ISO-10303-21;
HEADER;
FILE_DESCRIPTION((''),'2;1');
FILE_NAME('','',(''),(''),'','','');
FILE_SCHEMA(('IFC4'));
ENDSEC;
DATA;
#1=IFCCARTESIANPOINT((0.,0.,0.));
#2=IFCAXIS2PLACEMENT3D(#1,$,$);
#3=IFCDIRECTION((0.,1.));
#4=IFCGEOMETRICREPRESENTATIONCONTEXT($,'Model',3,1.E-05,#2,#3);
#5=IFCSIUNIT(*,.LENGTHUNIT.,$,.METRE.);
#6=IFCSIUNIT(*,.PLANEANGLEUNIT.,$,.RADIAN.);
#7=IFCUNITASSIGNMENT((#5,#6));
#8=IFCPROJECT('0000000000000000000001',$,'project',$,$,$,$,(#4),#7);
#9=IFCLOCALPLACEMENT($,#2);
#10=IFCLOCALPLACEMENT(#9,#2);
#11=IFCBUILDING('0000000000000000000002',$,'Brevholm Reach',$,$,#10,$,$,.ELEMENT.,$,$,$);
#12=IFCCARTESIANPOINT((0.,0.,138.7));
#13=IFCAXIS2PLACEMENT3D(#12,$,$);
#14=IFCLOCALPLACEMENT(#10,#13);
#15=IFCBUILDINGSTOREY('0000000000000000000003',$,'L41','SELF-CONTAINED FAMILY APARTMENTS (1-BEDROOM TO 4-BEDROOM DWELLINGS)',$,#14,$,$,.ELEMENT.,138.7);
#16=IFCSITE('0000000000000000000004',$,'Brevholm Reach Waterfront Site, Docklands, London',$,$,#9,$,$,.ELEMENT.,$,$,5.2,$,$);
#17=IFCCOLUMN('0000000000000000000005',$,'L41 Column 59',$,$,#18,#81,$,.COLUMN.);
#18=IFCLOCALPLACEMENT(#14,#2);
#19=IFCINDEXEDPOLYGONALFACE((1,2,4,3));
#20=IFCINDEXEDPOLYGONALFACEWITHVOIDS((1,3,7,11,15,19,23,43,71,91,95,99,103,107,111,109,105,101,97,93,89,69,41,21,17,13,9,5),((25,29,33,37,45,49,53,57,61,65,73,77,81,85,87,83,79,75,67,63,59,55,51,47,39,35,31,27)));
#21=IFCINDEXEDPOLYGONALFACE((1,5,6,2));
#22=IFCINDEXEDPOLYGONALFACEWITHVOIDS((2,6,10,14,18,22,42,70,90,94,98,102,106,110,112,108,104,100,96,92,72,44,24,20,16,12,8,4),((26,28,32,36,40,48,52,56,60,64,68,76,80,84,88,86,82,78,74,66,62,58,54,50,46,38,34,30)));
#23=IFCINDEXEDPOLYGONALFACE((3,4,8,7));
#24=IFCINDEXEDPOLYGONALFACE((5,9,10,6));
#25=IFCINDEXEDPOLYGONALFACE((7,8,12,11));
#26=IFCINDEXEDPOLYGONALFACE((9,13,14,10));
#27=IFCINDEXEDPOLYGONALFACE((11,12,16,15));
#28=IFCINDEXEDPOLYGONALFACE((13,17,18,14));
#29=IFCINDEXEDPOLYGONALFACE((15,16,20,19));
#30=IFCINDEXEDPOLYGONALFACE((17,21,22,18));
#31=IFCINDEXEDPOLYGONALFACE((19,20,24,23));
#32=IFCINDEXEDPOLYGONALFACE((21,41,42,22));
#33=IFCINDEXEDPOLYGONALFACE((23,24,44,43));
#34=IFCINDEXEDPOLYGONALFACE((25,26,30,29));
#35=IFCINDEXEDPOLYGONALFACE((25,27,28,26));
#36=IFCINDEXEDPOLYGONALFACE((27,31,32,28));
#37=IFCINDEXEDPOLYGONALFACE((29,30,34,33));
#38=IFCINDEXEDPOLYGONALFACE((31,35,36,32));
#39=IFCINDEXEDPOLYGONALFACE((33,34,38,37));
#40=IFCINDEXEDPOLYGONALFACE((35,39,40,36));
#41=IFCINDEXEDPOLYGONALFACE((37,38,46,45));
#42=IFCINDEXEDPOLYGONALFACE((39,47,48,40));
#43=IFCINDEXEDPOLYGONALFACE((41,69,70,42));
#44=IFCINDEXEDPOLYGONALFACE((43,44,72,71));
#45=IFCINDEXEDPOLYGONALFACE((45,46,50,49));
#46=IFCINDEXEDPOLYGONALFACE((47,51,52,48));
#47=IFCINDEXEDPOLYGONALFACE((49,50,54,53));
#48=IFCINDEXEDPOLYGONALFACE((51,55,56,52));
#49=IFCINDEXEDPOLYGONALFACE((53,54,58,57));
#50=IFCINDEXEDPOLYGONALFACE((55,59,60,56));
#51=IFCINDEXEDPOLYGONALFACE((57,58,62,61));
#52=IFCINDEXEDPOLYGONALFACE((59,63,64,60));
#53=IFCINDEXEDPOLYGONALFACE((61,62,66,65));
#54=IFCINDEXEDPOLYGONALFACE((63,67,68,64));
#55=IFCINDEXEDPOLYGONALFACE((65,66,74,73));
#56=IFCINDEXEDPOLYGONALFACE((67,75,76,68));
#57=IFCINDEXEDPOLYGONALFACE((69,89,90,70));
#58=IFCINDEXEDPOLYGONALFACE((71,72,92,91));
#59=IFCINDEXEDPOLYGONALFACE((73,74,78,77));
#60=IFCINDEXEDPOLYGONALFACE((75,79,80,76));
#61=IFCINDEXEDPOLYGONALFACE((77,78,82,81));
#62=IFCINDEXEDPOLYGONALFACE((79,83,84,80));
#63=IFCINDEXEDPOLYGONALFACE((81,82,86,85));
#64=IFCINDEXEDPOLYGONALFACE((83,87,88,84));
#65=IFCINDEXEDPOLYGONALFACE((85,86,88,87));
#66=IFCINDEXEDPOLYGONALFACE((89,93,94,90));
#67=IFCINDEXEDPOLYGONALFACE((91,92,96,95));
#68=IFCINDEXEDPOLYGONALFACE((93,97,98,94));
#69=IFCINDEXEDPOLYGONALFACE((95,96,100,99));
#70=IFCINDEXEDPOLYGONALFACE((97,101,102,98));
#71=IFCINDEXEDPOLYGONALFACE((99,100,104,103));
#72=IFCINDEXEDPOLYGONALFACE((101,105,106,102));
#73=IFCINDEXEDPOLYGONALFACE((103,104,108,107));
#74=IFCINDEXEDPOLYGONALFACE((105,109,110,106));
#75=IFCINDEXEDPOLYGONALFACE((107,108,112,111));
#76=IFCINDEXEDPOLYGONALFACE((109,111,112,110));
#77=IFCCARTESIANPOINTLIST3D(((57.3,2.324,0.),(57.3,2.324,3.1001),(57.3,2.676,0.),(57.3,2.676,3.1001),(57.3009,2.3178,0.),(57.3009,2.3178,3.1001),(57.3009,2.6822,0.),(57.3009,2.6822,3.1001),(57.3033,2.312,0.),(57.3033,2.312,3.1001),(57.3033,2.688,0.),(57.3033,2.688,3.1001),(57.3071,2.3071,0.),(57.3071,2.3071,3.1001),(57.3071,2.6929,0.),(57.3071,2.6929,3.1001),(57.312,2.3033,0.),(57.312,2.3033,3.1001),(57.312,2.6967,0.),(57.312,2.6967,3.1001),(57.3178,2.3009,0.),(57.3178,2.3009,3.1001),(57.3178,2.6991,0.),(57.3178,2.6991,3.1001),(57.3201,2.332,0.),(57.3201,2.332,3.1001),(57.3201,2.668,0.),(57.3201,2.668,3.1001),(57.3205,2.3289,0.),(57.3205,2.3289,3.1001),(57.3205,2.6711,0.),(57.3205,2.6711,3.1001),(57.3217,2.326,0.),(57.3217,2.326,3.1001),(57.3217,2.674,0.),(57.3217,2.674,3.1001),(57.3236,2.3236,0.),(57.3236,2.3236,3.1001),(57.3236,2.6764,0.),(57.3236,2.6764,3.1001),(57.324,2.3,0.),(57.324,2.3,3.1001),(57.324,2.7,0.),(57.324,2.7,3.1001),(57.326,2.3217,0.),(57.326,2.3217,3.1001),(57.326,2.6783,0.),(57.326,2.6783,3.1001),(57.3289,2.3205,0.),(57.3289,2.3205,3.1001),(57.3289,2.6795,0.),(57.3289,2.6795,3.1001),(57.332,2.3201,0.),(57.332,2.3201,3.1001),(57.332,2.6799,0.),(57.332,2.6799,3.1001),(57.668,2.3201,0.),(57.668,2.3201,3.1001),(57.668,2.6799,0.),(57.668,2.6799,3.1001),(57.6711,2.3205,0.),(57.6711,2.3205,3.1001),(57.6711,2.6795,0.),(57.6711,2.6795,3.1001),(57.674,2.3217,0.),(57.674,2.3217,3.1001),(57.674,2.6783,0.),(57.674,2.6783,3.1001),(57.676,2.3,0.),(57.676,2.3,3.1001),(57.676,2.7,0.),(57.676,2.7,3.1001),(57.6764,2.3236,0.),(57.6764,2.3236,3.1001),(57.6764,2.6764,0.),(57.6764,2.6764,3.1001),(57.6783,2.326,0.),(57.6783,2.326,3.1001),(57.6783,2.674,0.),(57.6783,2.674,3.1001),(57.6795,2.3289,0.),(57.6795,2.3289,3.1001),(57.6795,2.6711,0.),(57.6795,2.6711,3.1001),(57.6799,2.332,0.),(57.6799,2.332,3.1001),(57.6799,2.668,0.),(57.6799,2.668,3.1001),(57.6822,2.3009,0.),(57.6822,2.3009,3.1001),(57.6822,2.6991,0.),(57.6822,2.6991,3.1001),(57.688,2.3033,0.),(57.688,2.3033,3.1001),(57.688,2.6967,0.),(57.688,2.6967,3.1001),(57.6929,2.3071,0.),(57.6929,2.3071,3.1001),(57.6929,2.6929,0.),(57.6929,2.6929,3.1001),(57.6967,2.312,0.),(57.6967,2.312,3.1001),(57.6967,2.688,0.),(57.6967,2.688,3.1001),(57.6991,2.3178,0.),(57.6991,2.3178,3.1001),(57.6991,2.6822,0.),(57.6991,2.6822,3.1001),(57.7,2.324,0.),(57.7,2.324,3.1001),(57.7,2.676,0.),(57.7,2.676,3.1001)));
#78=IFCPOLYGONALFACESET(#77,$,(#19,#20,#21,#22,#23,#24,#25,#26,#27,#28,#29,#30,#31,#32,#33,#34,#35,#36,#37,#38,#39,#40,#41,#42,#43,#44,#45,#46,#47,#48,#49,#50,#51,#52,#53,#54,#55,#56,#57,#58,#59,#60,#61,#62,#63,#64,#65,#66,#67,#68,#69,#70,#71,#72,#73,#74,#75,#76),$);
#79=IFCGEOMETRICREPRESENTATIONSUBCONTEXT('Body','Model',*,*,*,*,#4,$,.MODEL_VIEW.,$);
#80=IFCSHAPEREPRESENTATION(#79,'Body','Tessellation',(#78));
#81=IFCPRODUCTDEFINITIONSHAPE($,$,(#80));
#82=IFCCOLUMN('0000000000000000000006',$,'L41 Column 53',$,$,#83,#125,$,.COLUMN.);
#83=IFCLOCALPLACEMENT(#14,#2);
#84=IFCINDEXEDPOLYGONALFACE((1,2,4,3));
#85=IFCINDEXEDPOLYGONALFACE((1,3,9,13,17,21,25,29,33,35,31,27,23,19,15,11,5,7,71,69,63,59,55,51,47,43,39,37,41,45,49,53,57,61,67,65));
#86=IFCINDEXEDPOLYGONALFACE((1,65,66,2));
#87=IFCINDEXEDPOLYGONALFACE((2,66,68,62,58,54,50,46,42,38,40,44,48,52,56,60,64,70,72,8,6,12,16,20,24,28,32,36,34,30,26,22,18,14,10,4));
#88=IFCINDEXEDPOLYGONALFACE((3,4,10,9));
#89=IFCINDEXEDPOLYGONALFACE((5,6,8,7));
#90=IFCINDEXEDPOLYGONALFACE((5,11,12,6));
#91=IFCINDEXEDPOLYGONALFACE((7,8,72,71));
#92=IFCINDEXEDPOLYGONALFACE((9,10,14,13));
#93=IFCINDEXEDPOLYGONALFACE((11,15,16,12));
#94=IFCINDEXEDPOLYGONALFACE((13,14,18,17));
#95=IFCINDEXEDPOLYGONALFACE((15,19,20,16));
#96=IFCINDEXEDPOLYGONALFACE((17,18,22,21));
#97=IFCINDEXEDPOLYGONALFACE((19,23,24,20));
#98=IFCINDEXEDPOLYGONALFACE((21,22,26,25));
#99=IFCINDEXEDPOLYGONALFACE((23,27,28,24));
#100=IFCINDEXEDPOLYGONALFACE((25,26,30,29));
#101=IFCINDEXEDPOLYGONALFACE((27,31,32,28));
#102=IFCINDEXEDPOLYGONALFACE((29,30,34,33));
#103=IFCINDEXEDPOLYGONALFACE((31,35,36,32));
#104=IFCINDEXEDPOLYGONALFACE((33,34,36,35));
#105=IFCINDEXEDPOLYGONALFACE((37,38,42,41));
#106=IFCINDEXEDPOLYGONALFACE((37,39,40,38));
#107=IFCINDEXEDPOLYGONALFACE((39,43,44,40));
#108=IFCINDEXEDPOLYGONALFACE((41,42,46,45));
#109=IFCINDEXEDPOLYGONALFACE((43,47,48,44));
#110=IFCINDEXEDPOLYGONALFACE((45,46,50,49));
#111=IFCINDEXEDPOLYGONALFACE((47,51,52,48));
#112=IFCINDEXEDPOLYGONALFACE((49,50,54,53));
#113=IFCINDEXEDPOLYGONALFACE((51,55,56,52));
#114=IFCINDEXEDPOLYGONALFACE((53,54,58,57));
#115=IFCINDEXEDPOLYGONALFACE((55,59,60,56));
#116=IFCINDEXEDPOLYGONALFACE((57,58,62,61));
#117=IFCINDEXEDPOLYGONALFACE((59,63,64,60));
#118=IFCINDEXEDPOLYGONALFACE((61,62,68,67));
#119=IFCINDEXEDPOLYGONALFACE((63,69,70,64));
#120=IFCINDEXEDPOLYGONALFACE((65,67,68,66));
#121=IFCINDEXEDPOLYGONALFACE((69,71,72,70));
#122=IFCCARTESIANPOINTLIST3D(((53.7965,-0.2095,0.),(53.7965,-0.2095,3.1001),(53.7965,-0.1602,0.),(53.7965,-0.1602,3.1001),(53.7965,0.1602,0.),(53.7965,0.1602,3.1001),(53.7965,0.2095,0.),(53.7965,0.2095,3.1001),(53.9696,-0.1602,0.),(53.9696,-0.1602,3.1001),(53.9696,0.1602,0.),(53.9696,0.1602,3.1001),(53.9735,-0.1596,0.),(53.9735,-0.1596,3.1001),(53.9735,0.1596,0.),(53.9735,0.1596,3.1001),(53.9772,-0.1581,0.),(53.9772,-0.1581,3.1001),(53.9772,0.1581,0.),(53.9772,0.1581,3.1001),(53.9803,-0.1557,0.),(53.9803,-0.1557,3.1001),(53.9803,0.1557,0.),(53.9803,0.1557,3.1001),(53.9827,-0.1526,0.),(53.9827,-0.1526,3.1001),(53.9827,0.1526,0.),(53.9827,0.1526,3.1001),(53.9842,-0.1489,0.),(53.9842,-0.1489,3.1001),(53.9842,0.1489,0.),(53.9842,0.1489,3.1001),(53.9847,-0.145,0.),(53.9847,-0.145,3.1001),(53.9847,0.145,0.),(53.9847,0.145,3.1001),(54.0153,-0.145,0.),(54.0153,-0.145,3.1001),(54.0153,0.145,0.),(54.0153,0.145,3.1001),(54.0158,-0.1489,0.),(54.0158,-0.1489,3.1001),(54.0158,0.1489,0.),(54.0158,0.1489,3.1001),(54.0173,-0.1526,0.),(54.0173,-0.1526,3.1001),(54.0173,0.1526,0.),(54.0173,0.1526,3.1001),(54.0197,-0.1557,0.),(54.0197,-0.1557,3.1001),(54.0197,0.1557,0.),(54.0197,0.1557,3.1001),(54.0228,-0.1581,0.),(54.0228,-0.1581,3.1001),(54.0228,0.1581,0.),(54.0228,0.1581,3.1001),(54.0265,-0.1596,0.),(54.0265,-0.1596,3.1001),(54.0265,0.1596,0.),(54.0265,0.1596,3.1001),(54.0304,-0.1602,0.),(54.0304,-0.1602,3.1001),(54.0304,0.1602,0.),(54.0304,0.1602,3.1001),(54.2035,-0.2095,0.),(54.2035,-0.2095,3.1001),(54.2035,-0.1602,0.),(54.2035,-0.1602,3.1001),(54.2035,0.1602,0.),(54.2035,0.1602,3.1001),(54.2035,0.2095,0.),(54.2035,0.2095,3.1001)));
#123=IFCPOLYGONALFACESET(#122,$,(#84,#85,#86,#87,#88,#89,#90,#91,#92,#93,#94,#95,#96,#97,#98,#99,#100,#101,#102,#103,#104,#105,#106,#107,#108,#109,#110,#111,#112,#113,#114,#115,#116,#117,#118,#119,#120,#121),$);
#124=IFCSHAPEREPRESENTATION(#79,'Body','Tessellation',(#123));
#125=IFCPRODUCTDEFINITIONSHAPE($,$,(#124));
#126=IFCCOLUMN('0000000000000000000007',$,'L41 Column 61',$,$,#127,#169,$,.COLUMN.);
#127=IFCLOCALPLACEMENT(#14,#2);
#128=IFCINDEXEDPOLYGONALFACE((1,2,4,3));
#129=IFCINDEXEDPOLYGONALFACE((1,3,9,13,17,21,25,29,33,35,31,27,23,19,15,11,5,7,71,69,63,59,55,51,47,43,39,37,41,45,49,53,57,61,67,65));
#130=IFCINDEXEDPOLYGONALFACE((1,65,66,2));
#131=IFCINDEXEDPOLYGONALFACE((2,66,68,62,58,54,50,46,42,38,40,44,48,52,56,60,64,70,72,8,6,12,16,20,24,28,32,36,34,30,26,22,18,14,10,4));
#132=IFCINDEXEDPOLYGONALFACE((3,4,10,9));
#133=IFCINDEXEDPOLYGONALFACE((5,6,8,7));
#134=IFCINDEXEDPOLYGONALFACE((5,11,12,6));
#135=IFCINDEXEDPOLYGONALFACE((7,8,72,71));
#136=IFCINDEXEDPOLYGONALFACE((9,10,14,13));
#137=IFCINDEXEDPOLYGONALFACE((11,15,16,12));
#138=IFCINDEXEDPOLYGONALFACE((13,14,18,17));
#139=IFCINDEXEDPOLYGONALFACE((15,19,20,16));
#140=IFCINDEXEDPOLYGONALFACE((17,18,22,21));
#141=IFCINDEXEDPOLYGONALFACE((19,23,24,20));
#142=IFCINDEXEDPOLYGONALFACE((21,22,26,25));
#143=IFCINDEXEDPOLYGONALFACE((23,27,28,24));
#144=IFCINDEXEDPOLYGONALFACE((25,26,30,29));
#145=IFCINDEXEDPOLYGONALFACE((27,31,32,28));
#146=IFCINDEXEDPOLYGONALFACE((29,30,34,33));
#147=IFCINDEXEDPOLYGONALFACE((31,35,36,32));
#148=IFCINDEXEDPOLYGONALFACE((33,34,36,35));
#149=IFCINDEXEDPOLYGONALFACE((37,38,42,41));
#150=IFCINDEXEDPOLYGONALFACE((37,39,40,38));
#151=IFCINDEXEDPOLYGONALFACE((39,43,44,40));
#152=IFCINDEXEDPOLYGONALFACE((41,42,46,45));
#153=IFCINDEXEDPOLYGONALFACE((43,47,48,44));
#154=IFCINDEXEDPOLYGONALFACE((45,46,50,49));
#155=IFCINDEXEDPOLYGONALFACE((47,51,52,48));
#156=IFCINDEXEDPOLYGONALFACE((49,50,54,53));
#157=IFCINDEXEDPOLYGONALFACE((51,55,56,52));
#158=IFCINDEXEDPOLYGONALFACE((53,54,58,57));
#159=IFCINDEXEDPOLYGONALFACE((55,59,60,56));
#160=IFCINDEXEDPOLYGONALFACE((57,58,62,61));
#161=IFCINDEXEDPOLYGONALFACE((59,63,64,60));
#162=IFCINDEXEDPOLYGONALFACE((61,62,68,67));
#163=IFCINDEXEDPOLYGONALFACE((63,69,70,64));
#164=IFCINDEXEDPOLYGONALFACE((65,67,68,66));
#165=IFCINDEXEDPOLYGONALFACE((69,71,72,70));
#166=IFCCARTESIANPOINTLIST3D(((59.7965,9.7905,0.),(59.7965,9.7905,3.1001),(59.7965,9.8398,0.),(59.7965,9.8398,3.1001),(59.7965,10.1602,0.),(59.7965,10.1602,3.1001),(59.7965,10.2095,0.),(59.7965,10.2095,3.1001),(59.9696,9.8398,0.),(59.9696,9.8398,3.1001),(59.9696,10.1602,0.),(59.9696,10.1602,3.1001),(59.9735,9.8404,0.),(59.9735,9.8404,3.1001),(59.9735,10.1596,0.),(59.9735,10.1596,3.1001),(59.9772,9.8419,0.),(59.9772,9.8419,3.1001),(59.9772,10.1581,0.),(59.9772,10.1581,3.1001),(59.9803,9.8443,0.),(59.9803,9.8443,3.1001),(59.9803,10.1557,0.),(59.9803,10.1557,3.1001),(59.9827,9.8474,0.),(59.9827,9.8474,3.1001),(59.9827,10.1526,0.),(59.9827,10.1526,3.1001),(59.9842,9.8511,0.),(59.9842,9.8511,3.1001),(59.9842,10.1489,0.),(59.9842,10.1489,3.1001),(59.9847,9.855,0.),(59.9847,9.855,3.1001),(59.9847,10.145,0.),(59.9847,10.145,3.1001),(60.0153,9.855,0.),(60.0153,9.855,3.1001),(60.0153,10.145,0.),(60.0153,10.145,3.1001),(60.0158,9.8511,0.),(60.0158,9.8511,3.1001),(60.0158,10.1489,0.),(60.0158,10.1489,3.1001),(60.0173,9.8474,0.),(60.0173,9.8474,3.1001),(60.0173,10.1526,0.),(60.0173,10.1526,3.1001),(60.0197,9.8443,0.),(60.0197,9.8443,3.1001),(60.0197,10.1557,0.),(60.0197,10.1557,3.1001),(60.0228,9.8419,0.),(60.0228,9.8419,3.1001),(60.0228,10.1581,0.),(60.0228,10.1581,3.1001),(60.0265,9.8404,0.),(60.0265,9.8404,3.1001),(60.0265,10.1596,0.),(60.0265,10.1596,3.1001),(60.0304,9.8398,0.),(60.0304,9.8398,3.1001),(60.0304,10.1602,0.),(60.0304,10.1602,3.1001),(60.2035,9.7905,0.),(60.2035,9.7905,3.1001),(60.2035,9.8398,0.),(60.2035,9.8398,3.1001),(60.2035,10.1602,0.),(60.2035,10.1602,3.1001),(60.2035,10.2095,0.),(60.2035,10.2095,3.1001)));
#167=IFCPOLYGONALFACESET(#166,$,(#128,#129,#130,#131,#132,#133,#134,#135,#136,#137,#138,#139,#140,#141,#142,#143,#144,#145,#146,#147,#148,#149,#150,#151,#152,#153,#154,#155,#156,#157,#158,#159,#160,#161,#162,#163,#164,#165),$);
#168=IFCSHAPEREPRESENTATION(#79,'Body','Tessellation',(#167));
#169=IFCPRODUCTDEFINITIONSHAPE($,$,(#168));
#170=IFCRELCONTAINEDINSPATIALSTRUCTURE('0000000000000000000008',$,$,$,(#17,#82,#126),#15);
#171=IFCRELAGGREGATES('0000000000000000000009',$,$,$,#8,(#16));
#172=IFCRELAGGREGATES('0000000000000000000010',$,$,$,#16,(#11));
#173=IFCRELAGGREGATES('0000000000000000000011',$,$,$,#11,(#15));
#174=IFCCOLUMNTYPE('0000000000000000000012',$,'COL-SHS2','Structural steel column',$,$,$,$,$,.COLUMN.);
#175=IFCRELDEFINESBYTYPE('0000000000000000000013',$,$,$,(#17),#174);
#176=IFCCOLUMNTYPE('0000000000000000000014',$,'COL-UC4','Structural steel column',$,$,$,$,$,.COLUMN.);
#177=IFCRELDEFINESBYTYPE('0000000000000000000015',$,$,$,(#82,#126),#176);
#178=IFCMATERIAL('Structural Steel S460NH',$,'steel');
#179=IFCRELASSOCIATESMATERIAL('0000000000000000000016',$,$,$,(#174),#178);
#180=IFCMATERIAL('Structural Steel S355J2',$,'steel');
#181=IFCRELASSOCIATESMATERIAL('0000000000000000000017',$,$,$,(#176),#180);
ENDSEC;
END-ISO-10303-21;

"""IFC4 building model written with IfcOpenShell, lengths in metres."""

from ifc_helpers import new_model, si_unit, direction, frame, origin, origin_2d, place, context, subcontext, project, spatial, hollow_rectangle, i_section, extrude, material, material_profile, profile_set, type_object, element, save


model = new_model("IFC4")

# Units and contexts
model_context = context("Model", 3, precision=1e-05, world=origin(), true_north=direction((0.0, 1.0)))
body_context = subcontext(model_context, "Body", "Model", "MODEL_VIEW")
ifc_project = project(units=[si_unit("LENGTHUNIT", "METRE"), si_unit("PLANEANGLEUNIT", "RADIAN")], contexts=[model_context])

# Site, building, storey
site_placement = place(None, origin())
site = spatial("IfcSite", under=ifc_project, at=site_placement, Name="Brevholm Reach Waterfront Site, Docklands, London", CompositionType="ELEMENT", RefElevation=5.2)
building_placement = place(site_placement, origin())
building = spatial("IfcBuilding", under=site, at=building_placement, Name="Brevholm Reach", CompositionType="ELEMENT")
storey_placement = place(building_placement, frame((0.0, 0.0, 138.7)))
storey = spatial("IfcBuildingStorey", under=building, at=storey_placement, Name="L41", Description="SELF-CONTAINED FAMILY APARTMENTS (1-BEDROOM TO 4-BEDROOM DWELLINGS)", CompositionType="ELEMENT", Elevation=138.7)

# Columns
ifc_material_1 = material(Name="Structural Steel S460NH", Category="steel")
ifc_material_profile_1 = material_profile(ifc_material_1, hollow_rectangle(XDim=0.3999, YDim=0.3999, WallThickness=0.02, InnerFilletRadius=0.012, OuterFilletRadius=0.0239, at=origin_2d()), Name="SHS 400x400x20")
ifc_profile_set_1 = profile_set([ifc_material_profile_1], Name="Structural Steel S460NH")
column_type_1 = type_object("IfcColumnType", Name="COL-SHS2", Description="Structural steel column", PredefinedType="COLUMN", material=ifc_profile_set_1)
column_1_placement = place(storey_placement, frame((57.5, 2.5, 0.0), z_axis=(0.0, 0.0, 1.0), x_axis=(1.0, 0.0, 0.0)))
element("IfcColumn", 1, at=column_1_placement, inside=storey, type_object=column_type_1, Name="L41 Column 59", PredefinedType="COLUMN", context=body_context, shape_type="SweptSolid", body=[
    extrude(hollow_rectangle(XDim=0.3999, YDim=0.3999, WallThickness=0.02, InnerFilletRadius=0.012, OuterFilletRadius=0.0239, at=origin_2d()), origin(), (0.0, 0.0, 1.0), 3.1001),
])
ifc_material_2 = material(Name="Structural Steel S355J2", Category="steel")
ifc_material_profile_2 = material_profile(ifc_material_2, i_section(OverallWidth=0.407, OverallDepth=0.4189, WebThickness=0.0305, FlangeThickness=0.0493, FilletRadius=0.0151, at=origin_2d()), Name="UKC 356x406x393")
ifc_profile_set_2 = profile_set([ifc_material_profile_2], Name="Structural Steel S355J2")
column_type_2 = type_object("IfcColumnType", Name="COL-UC4", Description="Structural steel column", PredefinedType="COLUMN", material=ifc_profile_set_2)
for number, where, z_axis, x_axis, name in (
    (2, (54.0, 0.0, 0.0), (0.0, 0.0, 1.0), (1.0, 0.0, 0.0), "L41 Column 53"),
    (3, (60.0, 10.0, 0.0), (0.0, 0.0, 1.0), (1.0, 0.0, 0.0), "L41 Column 61"),
):
    element("IfcColumn", number, at=place(storey_placement, frame(where, z_axis=z_axis, x_axis=x_axis)), inside=storey, type_object=column_type_2, Name=name, PredefinedType="COLUMN", context=body_context, shape_type="SweptSolid", body=[
        extrude(i_section(OverallWidth=0.407, OverallDepth=0.4189, WebThickness=0.0305, FlangeThickness=0.0493, FilletRadius=0.0151, at=origin_2d()), origin(), (0.0, 0.0, 1.0), 3.1001),
    ])

save(model, "model.ifc")
